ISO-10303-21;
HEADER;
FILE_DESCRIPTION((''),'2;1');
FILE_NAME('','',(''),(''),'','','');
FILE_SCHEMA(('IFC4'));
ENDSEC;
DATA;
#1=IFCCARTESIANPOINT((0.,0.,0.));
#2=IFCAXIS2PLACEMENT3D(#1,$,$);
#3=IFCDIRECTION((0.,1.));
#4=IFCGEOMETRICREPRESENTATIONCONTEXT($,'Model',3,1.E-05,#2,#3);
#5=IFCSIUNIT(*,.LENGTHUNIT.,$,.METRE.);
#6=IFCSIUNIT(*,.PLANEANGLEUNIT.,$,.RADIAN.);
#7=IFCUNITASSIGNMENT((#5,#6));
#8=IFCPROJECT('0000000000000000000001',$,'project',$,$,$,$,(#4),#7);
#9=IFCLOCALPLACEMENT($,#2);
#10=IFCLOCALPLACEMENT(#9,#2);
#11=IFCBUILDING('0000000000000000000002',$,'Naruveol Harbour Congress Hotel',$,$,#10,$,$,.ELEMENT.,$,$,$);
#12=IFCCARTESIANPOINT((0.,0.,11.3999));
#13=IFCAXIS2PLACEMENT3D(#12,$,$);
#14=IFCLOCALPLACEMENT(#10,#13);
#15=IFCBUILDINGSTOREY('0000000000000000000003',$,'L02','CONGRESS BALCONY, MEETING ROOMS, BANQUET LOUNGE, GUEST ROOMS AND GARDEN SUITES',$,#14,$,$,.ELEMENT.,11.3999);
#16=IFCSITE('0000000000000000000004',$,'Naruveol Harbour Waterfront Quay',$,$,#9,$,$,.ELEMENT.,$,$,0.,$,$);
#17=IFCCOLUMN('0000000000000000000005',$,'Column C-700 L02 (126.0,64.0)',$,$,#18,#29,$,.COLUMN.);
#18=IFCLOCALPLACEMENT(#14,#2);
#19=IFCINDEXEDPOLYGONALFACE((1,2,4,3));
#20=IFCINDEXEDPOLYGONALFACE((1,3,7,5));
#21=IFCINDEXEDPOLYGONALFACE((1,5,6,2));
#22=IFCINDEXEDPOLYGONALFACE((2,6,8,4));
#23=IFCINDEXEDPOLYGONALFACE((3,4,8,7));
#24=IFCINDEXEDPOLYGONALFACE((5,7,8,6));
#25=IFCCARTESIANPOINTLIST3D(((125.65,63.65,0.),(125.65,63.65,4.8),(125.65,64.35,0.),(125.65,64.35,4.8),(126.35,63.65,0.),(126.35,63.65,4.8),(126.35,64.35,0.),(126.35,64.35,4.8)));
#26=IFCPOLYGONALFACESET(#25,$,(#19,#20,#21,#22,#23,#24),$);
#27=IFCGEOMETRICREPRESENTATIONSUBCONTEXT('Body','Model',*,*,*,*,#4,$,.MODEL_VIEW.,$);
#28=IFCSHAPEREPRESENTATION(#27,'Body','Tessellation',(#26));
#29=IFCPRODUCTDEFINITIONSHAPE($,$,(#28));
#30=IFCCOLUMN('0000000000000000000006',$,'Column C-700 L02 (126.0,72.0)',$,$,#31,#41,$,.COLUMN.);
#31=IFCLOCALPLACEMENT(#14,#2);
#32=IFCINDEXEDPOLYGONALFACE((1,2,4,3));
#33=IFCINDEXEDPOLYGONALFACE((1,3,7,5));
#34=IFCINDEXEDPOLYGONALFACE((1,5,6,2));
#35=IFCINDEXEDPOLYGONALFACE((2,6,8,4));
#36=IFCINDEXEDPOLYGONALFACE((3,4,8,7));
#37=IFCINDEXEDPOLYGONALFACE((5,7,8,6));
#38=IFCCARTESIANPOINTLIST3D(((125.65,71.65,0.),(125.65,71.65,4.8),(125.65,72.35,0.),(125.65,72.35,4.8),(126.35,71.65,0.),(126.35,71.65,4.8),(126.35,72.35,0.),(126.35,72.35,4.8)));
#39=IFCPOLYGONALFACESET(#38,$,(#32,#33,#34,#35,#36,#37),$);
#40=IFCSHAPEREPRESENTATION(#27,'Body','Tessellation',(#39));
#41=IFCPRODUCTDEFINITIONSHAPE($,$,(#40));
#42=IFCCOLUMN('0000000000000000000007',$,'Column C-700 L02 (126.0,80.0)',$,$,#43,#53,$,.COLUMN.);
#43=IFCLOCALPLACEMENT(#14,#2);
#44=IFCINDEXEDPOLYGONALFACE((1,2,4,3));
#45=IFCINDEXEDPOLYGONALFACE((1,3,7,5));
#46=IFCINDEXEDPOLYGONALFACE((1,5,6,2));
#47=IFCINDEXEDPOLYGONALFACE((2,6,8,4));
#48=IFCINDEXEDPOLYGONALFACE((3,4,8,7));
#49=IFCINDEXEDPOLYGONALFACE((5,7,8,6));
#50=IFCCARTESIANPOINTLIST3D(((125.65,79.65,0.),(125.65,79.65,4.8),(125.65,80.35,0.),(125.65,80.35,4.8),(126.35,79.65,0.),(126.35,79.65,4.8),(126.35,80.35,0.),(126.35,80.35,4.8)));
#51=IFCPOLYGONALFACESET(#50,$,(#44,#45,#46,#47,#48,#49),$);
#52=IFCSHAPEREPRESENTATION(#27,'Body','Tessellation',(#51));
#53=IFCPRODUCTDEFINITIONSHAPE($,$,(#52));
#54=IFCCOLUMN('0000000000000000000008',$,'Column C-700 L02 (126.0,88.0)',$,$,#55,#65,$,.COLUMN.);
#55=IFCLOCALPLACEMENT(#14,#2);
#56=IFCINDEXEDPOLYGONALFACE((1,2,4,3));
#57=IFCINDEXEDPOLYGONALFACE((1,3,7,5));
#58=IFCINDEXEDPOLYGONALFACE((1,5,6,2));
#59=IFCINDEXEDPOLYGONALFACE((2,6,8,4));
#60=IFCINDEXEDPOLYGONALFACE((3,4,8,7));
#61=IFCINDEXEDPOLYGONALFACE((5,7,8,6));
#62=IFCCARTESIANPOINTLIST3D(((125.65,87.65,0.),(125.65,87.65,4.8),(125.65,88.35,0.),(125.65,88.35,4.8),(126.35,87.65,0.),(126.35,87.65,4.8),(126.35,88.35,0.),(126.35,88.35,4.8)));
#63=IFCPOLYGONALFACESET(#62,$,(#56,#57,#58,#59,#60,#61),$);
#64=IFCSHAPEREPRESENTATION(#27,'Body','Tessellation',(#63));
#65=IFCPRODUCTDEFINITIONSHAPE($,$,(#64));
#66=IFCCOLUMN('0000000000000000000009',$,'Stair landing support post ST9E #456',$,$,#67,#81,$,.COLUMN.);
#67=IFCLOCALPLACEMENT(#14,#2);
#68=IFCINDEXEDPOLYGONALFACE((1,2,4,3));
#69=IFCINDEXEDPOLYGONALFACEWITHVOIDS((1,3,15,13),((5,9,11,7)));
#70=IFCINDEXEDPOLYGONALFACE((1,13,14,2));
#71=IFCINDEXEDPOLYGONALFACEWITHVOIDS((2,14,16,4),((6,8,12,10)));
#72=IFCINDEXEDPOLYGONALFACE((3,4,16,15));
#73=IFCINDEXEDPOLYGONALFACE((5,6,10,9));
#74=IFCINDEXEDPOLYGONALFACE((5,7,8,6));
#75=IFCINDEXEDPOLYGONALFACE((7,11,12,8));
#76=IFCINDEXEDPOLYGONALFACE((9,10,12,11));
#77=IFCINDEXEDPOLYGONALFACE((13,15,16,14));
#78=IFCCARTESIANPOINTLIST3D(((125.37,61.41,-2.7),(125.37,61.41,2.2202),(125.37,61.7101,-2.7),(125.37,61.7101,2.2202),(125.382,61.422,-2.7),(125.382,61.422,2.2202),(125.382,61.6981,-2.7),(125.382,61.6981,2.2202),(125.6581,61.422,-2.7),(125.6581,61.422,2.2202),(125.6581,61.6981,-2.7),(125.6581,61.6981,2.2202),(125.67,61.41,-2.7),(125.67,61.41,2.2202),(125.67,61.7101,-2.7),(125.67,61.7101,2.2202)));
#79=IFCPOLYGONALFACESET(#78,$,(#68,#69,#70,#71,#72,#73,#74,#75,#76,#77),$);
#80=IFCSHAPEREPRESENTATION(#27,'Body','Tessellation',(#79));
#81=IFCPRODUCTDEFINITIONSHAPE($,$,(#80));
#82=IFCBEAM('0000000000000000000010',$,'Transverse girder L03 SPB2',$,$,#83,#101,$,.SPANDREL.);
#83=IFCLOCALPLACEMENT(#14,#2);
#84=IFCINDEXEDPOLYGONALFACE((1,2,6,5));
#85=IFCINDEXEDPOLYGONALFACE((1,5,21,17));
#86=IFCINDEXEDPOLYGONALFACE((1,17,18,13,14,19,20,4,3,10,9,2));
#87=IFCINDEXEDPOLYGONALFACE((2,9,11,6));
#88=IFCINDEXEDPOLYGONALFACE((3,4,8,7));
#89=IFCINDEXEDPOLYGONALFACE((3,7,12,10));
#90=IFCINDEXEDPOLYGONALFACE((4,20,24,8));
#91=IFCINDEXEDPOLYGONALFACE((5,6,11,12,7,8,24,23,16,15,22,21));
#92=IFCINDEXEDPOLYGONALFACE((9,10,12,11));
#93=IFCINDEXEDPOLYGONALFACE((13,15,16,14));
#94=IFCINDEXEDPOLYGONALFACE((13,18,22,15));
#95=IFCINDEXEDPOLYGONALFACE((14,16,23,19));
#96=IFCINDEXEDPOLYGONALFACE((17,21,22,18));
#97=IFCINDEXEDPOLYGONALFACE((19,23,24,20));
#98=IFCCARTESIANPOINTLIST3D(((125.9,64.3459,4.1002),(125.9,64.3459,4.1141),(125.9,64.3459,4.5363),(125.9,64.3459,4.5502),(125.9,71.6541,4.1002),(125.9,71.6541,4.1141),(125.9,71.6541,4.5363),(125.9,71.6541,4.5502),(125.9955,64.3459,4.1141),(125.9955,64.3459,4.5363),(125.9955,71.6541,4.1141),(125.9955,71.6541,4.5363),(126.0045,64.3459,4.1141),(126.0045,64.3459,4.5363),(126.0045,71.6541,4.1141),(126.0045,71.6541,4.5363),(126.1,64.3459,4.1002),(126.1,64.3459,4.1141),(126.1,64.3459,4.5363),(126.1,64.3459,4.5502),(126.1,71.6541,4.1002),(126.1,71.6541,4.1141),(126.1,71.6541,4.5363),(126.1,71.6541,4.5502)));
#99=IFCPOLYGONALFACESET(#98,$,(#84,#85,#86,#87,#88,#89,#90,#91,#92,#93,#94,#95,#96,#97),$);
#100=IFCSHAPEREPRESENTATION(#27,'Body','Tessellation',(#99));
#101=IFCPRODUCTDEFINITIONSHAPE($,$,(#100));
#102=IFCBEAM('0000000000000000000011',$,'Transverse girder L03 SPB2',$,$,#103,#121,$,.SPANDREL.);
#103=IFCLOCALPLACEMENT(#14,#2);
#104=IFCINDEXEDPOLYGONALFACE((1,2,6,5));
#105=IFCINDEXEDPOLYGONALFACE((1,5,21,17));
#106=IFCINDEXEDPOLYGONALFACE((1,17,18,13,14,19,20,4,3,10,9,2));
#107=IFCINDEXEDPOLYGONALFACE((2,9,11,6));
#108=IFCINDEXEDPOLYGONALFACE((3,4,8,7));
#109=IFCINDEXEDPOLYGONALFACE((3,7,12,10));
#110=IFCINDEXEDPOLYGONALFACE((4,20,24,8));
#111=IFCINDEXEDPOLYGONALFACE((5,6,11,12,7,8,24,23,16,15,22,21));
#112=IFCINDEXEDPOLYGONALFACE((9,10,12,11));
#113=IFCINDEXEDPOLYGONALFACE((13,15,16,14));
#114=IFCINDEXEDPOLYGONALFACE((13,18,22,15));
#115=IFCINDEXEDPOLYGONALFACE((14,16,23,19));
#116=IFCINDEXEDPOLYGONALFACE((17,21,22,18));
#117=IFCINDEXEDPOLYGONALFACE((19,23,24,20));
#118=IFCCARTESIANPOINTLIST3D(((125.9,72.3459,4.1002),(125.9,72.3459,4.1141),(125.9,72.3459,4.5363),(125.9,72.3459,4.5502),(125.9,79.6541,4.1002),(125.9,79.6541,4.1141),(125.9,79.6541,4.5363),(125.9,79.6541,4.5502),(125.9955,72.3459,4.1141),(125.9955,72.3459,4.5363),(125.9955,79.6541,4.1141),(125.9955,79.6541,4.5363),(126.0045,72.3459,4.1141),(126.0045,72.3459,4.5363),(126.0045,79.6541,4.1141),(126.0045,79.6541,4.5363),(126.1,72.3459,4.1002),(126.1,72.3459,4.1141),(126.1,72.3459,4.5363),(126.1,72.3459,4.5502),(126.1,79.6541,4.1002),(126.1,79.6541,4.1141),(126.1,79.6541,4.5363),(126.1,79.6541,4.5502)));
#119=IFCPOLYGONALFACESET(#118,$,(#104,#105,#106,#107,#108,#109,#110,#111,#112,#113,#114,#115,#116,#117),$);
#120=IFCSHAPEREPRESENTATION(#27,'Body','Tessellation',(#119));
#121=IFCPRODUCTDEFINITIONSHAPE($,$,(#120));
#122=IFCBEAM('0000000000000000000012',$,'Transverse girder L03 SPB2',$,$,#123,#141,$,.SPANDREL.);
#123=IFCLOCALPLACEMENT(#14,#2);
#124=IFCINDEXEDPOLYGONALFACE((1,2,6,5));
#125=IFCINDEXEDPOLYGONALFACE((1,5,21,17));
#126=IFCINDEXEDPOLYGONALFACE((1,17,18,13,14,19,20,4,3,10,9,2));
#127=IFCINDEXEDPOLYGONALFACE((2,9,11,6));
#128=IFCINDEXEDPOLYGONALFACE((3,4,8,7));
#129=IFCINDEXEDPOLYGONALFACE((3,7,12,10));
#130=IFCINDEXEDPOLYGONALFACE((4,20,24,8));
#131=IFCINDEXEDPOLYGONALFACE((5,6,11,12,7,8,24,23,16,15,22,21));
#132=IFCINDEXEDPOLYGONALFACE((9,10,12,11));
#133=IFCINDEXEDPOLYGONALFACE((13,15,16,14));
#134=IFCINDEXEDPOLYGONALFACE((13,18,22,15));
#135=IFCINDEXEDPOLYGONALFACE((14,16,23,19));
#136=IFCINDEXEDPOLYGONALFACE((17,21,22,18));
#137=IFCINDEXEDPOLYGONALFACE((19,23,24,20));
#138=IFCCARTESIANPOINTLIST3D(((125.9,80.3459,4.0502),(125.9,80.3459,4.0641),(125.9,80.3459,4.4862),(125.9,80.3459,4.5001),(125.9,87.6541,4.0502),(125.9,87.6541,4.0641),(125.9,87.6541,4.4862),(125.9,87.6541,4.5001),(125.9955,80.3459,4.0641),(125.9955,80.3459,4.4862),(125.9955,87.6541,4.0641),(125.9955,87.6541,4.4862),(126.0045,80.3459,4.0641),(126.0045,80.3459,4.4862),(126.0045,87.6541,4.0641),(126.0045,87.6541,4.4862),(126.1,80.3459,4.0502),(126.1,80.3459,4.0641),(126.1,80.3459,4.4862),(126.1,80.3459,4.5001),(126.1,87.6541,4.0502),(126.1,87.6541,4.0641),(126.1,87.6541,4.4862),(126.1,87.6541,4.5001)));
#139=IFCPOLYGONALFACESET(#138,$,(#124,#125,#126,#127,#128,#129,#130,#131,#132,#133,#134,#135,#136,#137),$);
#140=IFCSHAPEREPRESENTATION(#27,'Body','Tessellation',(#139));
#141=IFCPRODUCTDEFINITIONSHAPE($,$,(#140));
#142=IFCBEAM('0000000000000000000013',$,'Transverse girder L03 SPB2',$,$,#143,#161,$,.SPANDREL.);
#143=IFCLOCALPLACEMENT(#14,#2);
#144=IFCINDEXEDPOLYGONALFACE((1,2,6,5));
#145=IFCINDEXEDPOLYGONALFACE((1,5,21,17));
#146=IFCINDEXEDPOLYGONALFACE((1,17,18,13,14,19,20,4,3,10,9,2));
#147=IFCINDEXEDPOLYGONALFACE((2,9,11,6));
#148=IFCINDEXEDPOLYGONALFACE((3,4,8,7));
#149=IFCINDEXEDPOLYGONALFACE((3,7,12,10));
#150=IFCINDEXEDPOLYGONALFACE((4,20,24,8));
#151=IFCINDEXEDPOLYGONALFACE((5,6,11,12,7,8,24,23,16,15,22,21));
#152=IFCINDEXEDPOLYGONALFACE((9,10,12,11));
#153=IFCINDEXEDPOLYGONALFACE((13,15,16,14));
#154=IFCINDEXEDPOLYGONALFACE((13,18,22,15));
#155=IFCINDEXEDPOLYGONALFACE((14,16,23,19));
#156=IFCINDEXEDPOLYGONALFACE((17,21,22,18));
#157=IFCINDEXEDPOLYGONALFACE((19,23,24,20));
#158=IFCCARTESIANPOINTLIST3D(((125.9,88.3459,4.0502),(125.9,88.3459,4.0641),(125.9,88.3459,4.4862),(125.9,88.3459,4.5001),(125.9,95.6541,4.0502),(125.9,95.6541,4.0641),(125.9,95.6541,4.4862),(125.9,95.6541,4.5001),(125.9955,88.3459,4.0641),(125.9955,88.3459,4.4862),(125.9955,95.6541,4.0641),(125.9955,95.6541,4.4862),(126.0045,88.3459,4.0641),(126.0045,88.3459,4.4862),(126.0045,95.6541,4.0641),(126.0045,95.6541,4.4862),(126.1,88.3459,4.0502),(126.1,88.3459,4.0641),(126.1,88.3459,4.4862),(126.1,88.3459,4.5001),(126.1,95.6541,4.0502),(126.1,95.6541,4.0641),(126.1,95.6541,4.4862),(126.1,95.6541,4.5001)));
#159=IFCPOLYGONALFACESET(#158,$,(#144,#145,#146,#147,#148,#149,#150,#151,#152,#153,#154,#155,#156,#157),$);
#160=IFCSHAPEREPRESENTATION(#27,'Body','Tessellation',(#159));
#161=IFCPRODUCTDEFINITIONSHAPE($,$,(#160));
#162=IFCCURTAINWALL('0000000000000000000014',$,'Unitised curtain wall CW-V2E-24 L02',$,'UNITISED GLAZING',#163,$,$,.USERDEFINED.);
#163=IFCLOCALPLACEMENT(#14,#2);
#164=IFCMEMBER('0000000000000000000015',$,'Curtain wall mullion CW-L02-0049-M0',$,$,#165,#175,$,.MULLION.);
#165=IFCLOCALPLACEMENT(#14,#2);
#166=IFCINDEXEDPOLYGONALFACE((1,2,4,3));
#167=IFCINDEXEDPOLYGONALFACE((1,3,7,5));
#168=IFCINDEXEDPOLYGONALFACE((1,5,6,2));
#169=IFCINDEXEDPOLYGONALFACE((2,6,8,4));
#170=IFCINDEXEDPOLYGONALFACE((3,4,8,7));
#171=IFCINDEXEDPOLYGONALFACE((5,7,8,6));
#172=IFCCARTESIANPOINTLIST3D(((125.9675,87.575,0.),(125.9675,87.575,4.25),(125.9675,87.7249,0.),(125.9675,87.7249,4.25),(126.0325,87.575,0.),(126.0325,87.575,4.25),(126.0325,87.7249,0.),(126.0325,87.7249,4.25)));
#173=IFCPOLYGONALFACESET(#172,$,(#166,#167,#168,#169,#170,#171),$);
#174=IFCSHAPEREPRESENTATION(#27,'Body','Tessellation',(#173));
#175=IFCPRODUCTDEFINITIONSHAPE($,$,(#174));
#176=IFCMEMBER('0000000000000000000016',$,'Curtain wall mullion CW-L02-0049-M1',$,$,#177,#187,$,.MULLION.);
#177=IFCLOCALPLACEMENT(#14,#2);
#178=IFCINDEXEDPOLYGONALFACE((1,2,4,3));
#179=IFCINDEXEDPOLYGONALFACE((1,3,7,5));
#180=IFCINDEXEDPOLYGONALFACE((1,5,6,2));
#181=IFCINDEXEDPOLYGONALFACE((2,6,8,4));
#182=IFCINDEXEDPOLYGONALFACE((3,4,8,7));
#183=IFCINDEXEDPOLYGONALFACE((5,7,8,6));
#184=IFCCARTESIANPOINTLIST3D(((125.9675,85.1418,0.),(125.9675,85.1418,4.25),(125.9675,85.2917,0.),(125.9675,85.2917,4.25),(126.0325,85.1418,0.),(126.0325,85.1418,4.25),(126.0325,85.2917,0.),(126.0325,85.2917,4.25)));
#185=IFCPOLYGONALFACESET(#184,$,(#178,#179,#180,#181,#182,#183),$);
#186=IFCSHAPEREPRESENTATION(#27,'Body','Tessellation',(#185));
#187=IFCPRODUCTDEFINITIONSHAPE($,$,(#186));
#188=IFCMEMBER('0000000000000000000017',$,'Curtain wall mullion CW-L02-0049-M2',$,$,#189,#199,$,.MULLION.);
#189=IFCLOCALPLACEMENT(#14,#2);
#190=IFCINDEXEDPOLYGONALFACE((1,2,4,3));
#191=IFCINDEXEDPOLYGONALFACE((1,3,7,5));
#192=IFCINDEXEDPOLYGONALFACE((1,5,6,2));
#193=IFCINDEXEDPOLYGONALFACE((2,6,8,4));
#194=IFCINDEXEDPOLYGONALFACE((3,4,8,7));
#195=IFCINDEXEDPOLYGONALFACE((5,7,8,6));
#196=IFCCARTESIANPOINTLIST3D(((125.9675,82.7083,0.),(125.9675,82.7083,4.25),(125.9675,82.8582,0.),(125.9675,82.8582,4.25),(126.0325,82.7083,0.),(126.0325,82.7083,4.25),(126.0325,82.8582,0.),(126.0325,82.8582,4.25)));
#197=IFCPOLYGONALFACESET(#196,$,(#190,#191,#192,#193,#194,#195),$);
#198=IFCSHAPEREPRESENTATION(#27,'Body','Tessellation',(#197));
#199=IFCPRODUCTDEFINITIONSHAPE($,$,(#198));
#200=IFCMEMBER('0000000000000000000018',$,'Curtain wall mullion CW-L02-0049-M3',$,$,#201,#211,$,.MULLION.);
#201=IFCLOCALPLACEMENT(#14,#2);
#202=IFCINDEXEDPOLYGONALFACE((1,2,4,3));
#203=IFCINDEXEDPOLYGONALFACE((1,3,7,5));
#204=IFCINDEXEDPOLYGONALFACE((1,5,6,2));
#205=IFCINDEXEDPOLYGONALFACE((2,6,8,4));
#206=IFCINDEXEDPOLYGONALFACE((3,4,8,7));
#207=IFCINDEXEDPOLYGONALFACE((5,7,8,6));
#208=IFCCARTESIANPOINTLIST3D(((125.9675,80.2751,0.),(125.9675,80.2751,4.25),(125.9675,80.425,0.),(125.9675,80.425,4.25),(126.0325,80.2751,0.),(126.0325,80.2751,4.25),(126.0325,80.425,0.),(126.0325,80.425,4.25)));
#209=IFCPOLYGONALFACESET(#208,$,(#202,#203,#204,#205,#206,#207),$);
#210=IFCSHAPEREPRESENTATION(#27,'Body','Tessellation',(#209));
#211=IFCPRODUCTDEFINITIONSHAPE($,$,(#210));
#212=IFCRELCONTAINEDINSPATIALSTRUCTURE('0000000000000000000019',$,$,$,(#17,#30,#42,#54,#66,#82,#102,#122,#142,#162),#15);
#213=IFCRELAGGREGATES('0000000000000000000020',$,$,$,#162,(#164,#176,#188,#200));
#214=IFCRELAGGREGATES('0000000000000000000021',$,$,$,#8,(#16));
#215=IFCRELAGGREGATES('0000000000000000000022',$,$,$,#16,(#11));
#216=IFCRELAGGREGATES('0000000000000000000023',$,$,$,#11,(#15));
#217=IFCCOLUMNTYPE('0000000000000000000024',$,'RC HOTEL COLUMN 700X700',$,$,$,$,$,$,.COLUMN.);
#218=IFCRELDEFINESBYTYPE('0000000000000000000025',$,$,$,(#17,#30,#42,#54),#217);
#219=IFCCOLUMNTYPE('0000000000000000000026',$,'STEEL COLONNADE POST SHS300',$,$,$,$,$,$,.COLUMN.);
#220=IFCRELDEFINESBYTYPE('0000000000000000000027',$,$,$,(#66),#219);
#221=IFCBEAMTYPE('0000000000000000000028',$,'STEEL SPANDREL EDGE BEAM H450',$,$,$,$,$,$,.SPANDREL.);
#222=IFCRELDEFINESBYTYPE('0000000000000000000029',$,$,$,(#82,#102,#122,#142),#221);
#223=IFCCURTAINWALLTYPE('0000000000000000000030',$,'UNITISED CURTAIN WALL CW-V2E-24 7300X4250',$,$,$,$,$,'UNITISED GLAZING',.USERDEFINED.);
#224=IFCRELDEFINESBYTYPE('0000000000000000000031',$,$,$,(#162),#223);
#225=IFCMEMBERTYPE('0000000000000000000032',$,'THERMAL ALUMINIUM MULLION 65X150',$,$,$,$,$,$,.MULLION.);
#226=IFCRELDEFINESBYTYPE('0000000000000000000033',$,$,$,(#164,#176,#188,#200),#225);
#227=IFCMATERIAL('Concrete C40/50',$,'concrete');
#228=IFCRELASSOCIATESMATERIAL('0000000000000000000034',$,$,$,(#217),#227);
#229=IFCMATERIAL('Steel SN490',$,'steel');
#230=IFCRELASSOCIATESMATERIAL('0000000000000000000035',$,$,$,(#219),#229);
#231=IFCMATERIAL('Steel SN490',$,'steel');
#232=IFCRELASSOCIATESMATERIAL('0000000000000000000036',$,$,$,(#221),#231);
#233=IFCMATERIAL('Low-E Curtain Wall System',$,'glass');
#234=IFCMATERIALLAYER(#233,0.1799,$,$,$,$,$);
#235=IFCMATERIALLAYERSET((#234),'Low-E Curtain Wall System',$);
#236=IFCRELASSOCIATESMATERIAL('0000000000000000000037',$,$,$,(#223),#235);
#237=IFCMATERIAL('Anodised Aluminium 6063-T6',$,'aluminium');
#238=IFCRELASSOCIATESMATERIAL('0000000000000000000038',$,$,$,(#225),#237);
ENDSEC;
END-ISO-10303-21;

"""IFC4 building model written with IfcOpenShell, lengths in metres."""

from ifc_helpers import new_model, si_unit, direction, frame, origin, origin_2d, place, context, subcontext, project, spatial, rectangle, hollow_rectangle, i_section, extrude, material, layer, layer_set, material_profile, profile_set, type_object, element, aggregate, save


model = new_model("IFC4")

# Units and contexts
model_context = context("Model", 3, precision=1e-05, world=origin(), true_north=direction((0.0, 1.0)))
body_context = subcontext(model_context, "Body", "Model", "MODEL_VIEW")
ifc_project = project(units=[si_unit("LENGTHUNIT", "METRE"), si_unit("PLANEANGLEUNIT", "RADIAN")], contexts=[model_context])

# Site, building, storey
site_placement = place(None, origin())
site = spatial("IfcSite", under=ifc_project, at=site_placement, Name="Naruveol Harbour Waterfront Quay", CompositionType="ELEMENT", RefElevation=0.0)
building_placement = place(site_placement, origin())
building = spatial("IfcBuilding", under=site, at=building_placement, Name="Naruveol Harbour Congress Hotel", CompositionType="ELEMENT")
storey_placement = place(building_placement, frame((0.0, 0.0, 11.3999)))
storey = spatial("IfcBuildingStorey", under=building, at=storey_placement, Name="L02", Description="CONGRESS BALCONY, MEETING ROOMS, BANQUET LOUNGE, GUEST ROOMS AND GARDEN SUITES", CompositionType="ELEMENT", Elevation=11.3999)

# Columns
ifc_material_1 = material(Name="Concrete C40/50", Category="concrete")
ifc_material_profile_1 = material_profile(ifc_material_1, rectangle(XDim=0.7, YDim=0.7, at=origin_2d()), Name="RC-700x700")
ifc_profile_set_1 = profile_set([ifc_material_profile_1], Name="Concrete C40/50")
column_type_1 = type_object("IfcColumnType", Name="RC HOTEL COLUMN 700X700", PredefinedType="COLUMN", material=ifc_profile_set_1)
for number, where, z_axis, x_axis, name in (
    (1, (126.0, 64.0, 0.0), (0.0, 0.0, 1.0), (1.0, 0.0, 0.0), "Column C-700 L02 (126.0,64.0)"),
    (2, (126.0, 72.0, 0.0), (0.0, 0.0, 1.0), (1.0, 0.0, 0.0), "Column C-700 L02 (126.0,72.0)"),
    (3, (126.0, 80.0, 0.0), (0.0, 0.0, 1.0), (1.0, 0.0, 0.0), "Column C-700 L02 (126.0,80.0)"),
    (4, (126.0, 88.0, 0.0), (0.0, 0.0, 1.0), (1.0, 0.0, 0.0), "Column C-700 L02 (126.0,88.0)"),
):
    element("IfcColumn", number, at=place(storey_placement, frame(where, z_axis=z_axis, x_axis=x_axis)), inside=storey, type_object=column_type_1, Name=name, PredefinedType="COLUMN", context=body_context, shape_type="SweptSolid", body=[
        extrude(rectangle(XDim=0.7, YDim=0.7, at=origin_2d()), origin(), (0.0, 0.0, 1.0), 4.8),
    ])
ifc_material_2 = material(Name="Steel SN490", Category="steel")
ifc_material_profile_2 = material_profile(ifc_material_2, hollow_rectangle(XDim=0.3, YDim=0.3, WallThickness=0.012, at=origin_2d()), Name="SHS-300x300x12")
ifc_profile_set_2 = profile_set([ifc_material_profile_2], Name="Steel SN490")
column_type_2 = type_object("IfcColumnType", Name="STEEL COLONNADE POST SHS300", PredefinedType="COLUMN", material=ifc_profile_set_2)
column_placement = place(storey_placement, frame((125.52, 61.5601, -2.7), z_axis=(0.0, 0.0, 1.0), x_axis=(1.0, 0.0, 0.0)))
element("IfcColumn", 5, at=column_placement, inside=storey, type_object=column_type_2, Name="Stair landing support post ST9E #456", PredefinedType="COLUMN", context=body_context, shape_type="SweptSolid", body=[
    extrude(hollow_rectangle(XDim=0.3, YDim=0.3, WallThickness=0.012, at=origin_2d()), origin(), (0.0, 0.0, 1.0), 4.9202),
])

# Beams
ifc_material_3 = material(Name="Steel SN490", Category="steel")
ifc_material_profile_3 = material_profile(ifc_material_3, i_section(OverallWidth=0.2, OverallDepth=0.45, WebThickness=0.009, FlangeThickness=0.0139, at=origin_2d()), Name="H-450x200x9x14")
ifc_profile_set_3 = profile_set([ifc_material_profile_3], Name="Steel SN490")
beam_type = type_object("IfcBeamType", Name="STEEL SPANDREL EDGE BEAM H450", PredefinedType="SPANDREL", material=ifc_profile_set_3)
for number, where, z_axis, x_axis, name in (
    (6, (126.0, 64.3459, 4.3252), (0.0, 1.0, 0.0), (-1.0, 0.0, 0.0), "Transverse girder L03 SPB2"),
    (7, (126.0, 72.3459, 4.3252), (0.0, 1.0, 0.0), (-1.0, 0.0, 0.0), "Transverse girder L03 SPB2"),
    (8, (126.0, 80.3459, 4.2751), (0.0, 1.0, 0.0), (-1.0, 0.0, 0.0), "Transverse girder L03 SPB2"),
    (9, (126.0, 88.3459, 4.2751), (0.0, 1.0, 0.0), (-1.0, 0.0, 0.0), "Transverse girder L03 SPB2"),
):
    element("IfcBeam", number, at=place(storey_placement, frame(where, z_axis=z_axis, x_axis=x_axis)), inside=storey, type_object=beam_type, Name=name, PredefinedType="SPANDREL", context=body_context, shape_type="SweptSolid", body=[
        extrude(i_section(OverallWidth=0.2, OverallDepth=0.45, WebThickness=0.009, FlangeThickness=0.0139, at=origin_2d()), origin(), (0.0, 0.0, 1.0), 7.3081),
    ])

# Curtain wall, members
ifc_material_4 = material(Name="Low-E Curtain Wall System", Category="glass")
ifc_layer_1 = layer(ifc_material_4, 0.1799)
ifc_layer_set_1 = layer_set([ifc_layer_1], Name="Low-E Curtain Wall System")
curtain_wall_type = type_object("IfcCurtainWallType", Name="UNITISED CURTAIN WALL CW-V2E-24 7300X4250", ElementType="UNITISED GLAZING", PredefinedType="USERDEFINED", material=ifc_layer_set_1)
curtain_wall_1_placement = place(storey_placement, origin())
curtain_wall_1 = element("IfcCurtainWall", 10, at=curtain_wall_1_placement, inside=storey, type_object=curtain_wall_type, Name="Unitised curtain wall CW-V2E-24 L02", ObjectType="UNITISED GLAZING", PredefinedType="USERDEFINED")
ifc_material_5 = material(Name="Anodised Aluminium 6063-T6", Category="aluminium")
ifc_material_profile_4 = material_profile(ifc_material_5, rectangle(XDim=0.0649, YDim=0.1499, at=origin_2d()), Name="ALU-65x150")
ifc_profile_set_4 = profile_set([ifc_material_profile_4], Name="Anodised Aluminium 6063-T6")
member_type_1 = type_object("IfcMemberType", Name="THERMAL ALUMINIUM MULLION 65X150", PredefinedType="MULLION", material=ifc_profile_set_4)
member_1_placement = place(storey_placement, frame((126.0, 87.6499, 0.0), z_axis=(0.0, 0.0, 1.0), x_axis=(1.0, 0.0, 0.0)))
member_1 = element("IfcMember", 11, at=member_1_placement, type_object=member_type_1, Name="Curtain wall mullion CW-L02-0049-M0", PredefinedType="MULLION", context=body_context, shape_type="SweptSolid", body=[
    extrude(rectangle(XDim=0.0649, YDim=0.1499, at=origin_2d()), origin(), (0.0, 0.0, 1.0), 4.25),
])
member_2_placement = place(storey_placement, frame((126.0, 85.2168, 0.0), z_axis=(0.0, 0.0, 1.0), x_axis=(1.0, 0.0, 0.0)))
member_2 = element("IfcMember", 12, at=member_2_placement, type_object=member_type_1, Name="Curtain wall mullion CW-L02-0049-M1", PredefinedType="MULLION", context=body_context, shape_type="SweptSolid", body=[
    extrude(rectangle(XDim=0.0649, YDim=0.1499, at=origin_2d()), origin(), (0.0, 0.0, 1.0), 4.25),
])
member_3_placement = place(storey_placement, frame((126.0, 82.7832, 0.0), z_axis=(0.0, 0.0, 1.0), x_axis=(1.0, 0.0, 0.0)))
member_3 = element("IfcMember", 13, at=member_3_placement, type_object=member_type_1, Name="Curtain wall mullion CW-L02-0049-M2", PredefinedType="MULLION", context=body_context, shape_type="SweptSolid", body=[
    extrude(rectangle(XDim=0.0649, YDim=0.1499, at=origin_2d()), origin(), (0.0, 0.0, 1.0), 4.25),
])
member_4_placement = place(storey_placement, frame((126.0, 80.3501, 0.0), z_axis=(0.0, 0.0, 1.0), x_axis=(1.0, 0.0, 0.0)))
member_4 = element("IfcMember", 14, at=member_4_placement, type_object=member_type_1, Name="Curtain wall mullion CW-L02-0049-M3", PredefinedType="MULLION", context=body_context, shape_type="SweptSolid", body=[
    extrude(rectangle(XDim=0.0649, YDim=0.1499, at=origin_2d()), origin(), (0.0, 0.0, 1.0), 4.25),
])

aggregate(curtain_wall_1, [member_1, member_2, member_3, member_4])

save(model, "model.ifc")
